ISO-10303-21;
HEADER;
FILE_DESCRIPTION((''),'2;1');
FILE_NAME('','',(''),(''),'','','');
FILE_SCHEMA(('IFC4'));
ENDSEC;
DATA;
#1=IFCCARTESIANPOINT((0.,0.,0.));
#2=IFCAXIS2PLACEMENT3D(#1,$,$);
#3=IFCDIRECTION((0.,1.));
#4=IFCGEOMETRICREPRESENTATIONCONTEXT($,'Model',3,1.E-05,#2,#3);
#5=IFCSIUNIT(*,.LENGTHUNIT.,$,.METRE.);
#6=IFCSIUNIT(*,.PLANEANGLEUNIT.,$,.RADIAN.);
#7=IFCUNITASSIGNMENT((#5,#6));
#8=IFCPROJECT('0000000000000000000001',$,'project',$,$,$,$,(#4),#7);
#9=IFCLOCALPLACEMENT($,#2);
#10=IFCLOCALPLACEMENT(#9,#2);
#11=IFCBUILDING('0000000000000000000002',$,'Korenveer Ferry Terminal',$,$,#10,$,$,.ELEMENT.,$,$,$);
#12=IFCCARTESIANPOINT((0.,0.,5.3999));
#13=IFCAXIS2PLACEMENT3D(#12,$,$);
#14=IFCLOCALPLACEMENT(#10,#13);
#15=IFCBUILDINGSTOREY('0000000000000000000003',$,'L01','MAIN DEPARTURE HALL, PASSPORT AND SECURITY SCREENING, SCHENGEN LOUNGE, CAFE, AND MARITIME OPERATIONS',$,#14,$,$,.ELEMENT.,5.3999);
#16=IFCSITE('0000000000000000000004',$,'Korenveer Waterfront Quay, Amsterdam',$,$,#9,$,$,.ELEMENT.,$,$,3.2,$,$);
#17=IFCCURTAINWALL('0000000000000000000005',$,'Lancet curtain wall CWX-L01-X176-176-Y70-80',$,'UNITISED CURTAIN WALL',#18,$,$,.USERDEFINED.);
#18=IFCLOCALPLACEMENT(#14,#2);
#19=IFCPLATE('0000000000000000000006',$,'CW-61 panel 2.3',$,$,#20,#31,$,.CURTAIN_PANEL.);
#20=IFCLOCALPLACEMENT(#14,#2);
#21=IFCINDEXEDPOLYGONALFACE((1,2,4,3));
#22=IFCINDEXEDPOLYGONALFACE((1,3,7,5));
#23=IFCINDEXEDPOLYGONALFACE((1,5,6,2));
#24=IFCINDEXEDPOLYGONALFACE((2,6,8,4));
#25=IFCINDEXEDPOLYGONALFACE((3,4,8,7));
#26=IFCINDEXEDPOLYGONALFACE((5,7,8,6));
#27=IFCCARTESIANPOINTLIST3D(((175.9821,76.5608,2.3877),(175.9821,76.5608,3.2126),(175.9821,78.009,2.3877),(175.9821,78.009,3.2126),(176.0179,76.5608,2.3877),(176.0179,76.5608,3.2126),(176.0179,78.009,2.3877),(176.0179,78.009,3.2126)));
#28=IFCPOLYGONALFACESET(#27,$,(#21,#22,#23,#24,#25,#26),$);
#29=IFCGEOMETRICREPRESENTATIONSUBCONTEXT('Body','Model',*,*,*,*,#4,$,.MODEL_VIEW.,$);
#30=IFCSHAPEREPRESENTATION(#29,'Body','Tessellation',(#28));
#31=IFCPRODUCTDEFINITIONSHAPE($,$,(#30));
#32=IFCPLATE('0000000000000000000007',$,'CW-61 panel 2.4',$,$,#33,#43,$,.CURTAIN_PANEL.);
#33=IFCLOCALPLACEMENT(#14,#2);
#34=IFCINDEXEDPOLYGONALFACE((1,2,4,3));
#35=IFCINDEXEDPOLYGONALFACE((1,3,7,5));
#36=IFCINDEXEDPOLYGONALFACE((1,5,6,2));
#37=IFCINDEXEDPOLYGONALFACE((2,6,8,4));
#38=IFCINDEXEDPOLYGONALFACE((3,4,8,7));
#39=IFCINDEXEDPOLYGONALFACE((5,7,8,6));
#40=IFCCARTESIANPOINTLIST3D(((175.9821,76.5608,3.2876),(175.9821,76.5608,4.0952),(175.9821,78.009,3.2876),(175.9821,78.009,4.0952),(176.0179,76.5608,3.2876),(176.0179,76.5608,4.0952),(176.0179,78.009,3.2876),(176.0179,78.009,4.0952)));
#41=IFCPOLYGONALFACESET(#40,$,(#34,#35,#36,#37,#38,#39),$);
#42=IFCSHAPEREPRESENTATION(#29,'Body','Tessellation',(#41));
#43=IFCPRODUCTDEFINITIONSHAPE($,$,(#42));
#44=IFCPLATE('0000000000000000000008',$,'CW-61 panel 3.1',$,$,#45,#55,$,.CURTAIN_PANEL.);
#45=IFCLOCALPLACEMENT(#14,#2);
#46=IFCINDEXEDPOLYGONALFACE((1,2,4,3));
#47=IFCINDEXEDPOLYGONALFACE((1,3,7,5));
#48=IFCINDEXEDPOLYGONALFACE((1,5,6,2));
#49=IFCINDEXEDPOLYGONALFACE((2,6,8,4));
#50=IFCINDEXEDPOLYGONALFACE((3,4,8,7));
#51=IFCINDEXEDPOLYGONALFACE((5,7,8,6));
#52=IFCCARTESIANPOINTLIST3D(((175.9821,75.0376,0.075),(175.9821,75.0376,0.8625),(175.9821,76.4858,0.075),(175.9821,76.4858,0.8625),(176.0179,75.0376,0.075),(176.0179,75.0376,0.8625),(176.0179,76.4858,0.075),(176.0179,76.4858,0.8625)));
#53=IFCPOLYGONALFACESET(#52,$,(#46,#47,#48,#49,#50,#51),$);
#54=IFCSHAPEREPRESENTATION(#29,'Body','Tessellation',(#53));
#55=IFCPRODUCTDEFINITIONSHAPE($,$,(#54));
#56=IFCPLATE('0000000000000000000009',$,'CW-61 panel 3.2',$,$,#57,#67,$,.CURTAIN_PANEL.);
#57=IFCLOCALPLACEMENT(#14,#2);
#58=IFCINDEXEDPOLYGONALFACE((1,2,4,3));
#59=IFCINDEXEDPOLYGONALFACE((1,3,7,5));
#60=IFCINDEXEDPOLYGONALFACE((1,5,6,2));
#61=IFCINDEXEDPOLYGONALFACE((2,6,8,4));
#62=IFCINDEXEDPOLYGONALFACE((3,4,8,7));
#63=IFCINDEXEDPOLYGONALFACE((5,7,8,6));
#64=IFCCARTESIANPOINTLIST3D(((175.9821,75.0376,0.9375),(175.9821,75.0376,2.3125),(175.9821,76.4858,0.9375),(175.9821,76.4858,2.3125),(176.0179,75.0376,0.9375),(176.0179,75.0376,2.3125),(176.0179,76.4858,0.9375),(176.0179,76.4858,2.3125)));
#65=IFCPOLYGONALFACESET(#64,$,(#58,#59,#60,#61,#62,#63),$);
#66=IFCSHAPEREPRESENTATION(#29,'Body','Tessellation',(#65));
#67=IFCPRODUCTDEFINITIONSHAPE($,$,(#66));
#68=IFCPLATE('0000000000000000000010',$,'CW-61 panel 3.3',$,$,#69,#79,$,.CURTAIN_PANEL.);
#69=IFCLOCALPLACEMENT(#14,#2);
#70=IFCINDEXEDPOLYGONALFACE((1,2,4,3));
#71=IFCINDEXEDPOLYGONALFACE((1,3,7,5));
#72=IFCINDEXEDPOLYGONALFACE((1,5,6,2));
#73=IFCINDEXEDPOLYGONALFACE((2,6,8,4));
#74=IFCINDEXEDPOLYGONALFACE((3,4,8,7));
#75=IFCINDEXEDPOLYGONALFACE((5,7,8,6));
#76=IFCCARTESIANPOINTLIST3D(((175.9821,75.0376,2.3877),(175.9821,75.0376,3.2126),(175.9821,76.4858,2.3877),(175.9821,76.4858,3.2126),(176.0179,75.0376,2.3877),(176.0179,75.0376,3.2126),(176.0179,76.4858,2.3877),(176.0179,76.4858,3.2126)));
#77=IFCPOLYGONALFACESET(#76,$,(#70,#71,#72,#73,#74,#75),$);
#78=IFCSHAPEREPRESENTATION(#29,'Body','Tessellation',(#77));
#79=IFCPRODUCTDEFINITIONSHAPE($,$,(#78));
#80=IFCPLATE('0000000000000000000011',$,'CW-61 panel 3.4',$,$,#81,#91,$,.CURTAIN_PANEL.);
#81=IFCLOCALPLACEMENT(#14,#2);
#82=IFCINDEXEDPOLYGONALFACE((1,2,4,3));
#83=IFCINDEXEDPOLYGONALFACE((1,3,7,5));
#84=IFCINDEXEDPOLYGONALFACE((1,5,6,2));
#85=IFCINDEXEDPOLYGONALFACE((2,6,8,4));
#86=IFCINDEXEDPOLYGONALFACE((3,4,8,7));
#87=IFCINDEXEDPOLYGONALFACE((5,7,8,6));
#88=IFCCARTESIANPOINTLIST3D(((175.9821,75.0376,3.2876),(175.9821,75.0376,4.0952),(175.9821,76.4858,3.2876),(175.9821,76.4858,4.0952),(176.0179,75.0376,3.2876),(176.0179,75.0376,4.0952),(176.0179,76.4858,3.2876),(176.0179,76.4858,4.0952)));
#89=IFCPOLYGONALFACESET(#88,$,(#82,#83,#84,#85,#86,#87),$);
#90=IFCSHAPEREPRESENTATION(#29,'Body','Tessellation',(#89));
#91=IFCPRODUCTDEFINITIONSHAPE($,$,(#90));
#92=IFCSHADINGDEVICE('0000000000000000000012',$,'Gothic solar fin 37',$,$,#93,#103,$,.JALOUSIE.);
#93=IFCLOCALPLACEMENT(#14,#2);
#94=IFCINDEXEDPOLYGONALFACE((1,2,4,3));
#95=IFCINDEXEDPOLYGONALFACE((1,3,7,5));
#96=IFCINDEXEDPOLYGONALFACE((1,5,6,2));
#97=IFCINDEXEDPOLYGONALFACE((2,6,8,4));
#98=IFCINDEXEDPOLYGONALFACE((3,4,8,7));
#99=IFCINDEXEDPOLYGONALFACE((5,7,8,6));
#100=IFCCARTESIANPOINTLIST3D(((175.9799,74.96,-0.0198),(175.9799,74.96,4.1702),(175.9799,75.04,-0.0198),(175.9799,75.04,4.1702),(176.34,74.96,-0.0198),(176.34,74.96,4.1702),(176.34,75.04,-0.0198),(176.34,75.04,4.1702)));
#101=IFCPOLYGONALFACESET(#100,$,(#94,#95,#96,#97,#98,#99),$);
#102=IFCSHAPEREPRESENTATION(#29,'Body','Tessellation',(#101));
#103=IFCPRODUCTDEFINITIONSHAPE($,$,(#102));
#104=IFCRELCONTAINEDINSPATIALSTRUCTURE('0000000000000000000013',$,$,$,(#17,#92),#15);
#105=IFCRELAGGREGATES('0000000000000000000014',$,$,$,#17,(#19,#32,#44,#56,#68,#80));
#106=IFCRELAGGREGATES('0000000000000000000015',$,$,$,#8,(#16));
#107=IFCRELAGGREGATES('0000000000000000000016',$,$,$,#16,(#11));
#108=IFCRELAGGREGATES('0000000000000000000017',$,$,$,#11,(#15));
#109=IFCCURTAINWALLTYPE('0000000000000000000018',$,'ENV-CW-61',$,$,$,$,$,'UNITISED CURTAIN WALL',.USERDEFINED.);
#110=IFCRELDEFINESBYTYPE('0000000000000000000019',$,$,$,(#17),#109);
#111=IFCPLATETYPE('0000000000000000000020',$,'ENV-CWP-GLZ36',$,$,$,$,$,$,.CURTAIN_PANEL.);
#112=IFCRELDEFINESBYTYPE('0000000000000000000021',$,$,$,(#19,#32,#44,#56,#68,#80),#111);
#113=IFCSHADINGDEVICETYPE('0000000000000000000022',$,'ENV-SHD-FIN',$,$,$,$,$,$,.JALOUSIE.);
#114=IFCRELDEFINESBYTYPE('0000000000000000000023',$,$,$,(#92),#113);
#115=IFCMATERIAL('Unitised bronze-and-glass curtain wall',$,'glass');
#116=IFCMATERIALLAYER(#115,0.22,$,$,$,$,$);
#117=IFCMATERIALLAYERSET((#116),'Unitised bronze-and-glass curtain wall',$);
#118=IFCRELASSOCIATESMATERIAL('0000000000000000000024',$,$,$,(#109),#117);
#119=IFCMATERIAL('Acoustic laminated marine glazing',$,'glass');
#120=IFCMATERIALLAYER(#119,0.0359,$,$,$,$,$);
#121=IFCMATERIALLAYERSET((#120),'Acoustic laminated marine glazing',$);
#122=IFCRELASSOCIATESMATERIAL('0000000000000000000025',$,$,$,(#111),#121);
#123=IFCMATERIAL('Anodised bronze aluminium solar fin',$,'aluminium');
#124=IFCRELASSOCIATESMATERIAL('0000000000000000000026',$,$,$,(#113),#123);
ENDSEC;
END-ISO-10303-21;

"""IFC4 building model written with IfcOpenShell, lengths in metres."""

from ifc_helpers import new_model, si_unit, direction, frame, origin, origin_2d, place, context, subcontext, project, spatial, rectangle, extrude, material, layer, layer_set, type_object, element, aggregate, save


model = new_model("IFC4")

# Units and contexts
model_context = context("Model", 3, precision=1e-05, world=origin(), true_north=direction((0.0, 1.0)))
body_context = subcontext(model_context, "Body", "Model", "MODEL_VIEW")
ifc_project = project(units=[si_unit("LENGTHUNIT", "METRE"), si_unit("PLANEANGLEUNIT", "RADIAN")], contexts=[model_context])

# Site, building, storey
site_placement = place(None, origin())
site = spatial("IfcSite", under=ifc_project, at=site_placement, Name="Korenveer Waterfront Quay, Amsterdam", CompositionType="ELEMENT", RefElevation=3.2)
building_placement = place(site_placement, origin())
building = spatial("IfcBuilding", under=site, at=building_placement, Name="Korenveer Ferry Terminal", CompositionType="ELEMENT")
storey_placement = place(building_placement, frame((0.0, 0.0, 5.3999)))
storey = spatial("IfcBuildingStorey", under=building, at=storey_placement, Name="L01", Description="MAIN DEPARTURE HALL, PASSPORT AND SECURITY SCREENING, SCHENGEN LOUNGE, CAFE, AND MARITIME OPERATIONS", CompositionType="ELEMENT", Elevation=5.3999)

# Curtain wall, plates
ifc_material_1 = material(Name="Unitised bronze-and-glass curtain wall", Category="glass")
ifc_layer_1 = layer(ifc_material_1, 0.22)
ifc_layer_set_1 = layer_set([ifc_layer_1], Name="Unitised bronze-and-glass curtain wall")
curtain_wall_type = type_object("IfcCurtainWallType", Name="ENV-CW-61", ElementType="UNITISED CURTAIN WALL", PredefinedType="USERDEFINED", material=ifc_layer_set_1)
curtain_wall_placement = place(storey_placement, frame((176.0, 79.5701, 0.0)))
curtain_wall = element("IfcCurtainWall", 1, at=curtain_wall_placement, inside=storey, type_object=curtain_wall_type, Name="Lancet curtain wall CWX-L01-X176-176-Y70-80", ObjectType="UNITISED CURTAIN WALL", PredefinedType="USERDEFINED")
ifc_material_2 = material(Name="Acoustic laminated marine glazing", Category="glass")
ifc_layer_2 = layer(ifc_material_2, 0.0359)
ifc_layer_set_2 = layer_set([ifc_layer_2], Name="Acoustic laminated marine glazing")
plate_type = type_object("IfcPlateType", Name="ENV-CWP-GLZ36", PredefinedType="CURTAIN_PANEL", material=ifc_layer_set_2)
plate_1_placement = place(storey_placement, frame((176.0, 77.2849, 2.3877), z_axis=(0.0, 0.0, 1.0), x_axis=(0.0, -1.0, 0.0)))
plate_1 = element("IfcPlate", 2, at=plate_1_placement, type_object=plate_type, Name="CW-61 panel 2.3", PredefinedType="CURTAIN_PANEL", context=body_context, shape_type="SweptSolid", body=[
    extrude(rectangle(XDim=1.4482, YDim=0.0359, at=origin_2d()), origin(), (0.0, 0.0, 1.0), 0.825),
])
plate_2_placement = place(storey_placement, frame((176.0, 77.2849, 3.2876), z_axis=(0.0, 0.0, 1.0), x_axis=(0.0, -1.0, 0.0)))
plate_2 = element("IfcPlate", 3, at=plate_2_placement, type_object=plate_type, Name="CW-61 panel 2.4", PredefinedType="CURTAIN_PANEL", context=body_context, shape_type="SweptSolid", body=[
    extrude(rectangle(XDim=1.4482, YDim=0.0359, at=origin_2d()), origin(), (0.0, 0.0, 1.0), 0.8076),
])
plate_3_placement = place(storey_placement, frame((176.0, 75.7617, 0.075), z_axis=(0.0, 0.0, 1.0), x_axis=(0.0, -1.0, 0.0)))
plate_3 = element("IfcPlate", 4, at=plate_3_placement, type_object=plate_type, Name="CW-61 panel 3.1", PredefinedType="CURTAIN_PANEL", context=body_context, shape_type="SweptSolid", body=[
    extrude(rectangle(XDim=1.4482, YDim=0.0359, at=origin_2d()), origin(), (0.0, 0.0, 1.0), 0.7876),
])
plate_4_placement = place(storey_placement, frame((176.0, 75.7617, 0.9375), z_axis=(0.0, 0.0, 1.0), x_axis=(0.0, -1.0, 0.0)))
plate_4 = element("IfcPlate", 5, at=plate_4_placement, type_object=plate_type, Name="CW-61 panel 3.2", PredefinedType="CURTAIN_PANEL", context=body_context, shape_type="SweptSolid", body=[
    extrude(rectangle(XDim=1.4482, YDim=0.0359, at=origin_2d()), origin(), (0.0, 0.0, 1.0), 1.375),
])
plate_5_placement = place(storey_placement, frame((176.0, 75.7617, 2.3877), z_axis=(0.0, 0.0, 1.0), x_axis=(0.0, -1.0, 0.0)))
plate_5 = element("IfcPlate", 6, at=plate_5_placement, type_object=plate_type, Name="CW-61 panel 3.3", PredefinedType="CURTAIN_PANEL", context=body_context, shape_type="SweptSolid", body=[
    extrude(rectangle(XDim=1.4482, YDim=0.0359, at=origin_2d()), origin(), (0.0, 0.0, 1.0), 0.825),
])
plate_6_placement = place(storey_placement, frame((176.0, 75.7617, 3.2876), z_axis=(0.0, 0.0, 1.0), x_axis=(0.0, -1.0, 0.0)))
plate_6 = element("IfcPlate", 7, at=plate_6_placement, type_object=plate_type, Name="CW-61 panel 3.4", PredefinedType="CURTAIN_PANEL", context=body_context, shape_type="SweptSolid", body=[
    extrude(rectangle(XDim=1.4482, YDim=0.0359, at=origin_2d()), origin(), (0.0, 0.0, 1.0), 0.8076),
])
aggregate(curtain_wall, [plate_1, plate_2, plate_3, plate_4, plate_5, plate_6])

# Shading device
ifc_material_3 = material(Name="Anodised bronze aluminium solar fin", Category="aluminium")
shading_device_type = type_object("IfcShadingDeviceType", Name="ENV-SHD-FIN", PredefinedType="JALOUSIE", material=ifc_material_3)
shading_device_placement = place(storey_placement, frame((176.1599, 75.0, -0.0198), z_axis=(0.0, 0.0, 1.0), x_axis=(1.0, 0.0, 0.0)))
element("IfcShadingDevice", 8, at=shading_device_placement, inside=storey, type_object=shading_device_type, Name="Gothic solar fin 37", PredefinedType="JALOUSIE", context=body_context, shape_type="SweptSolid", body=[
    extrude(rectangle(XDim=0.3601, YDim=0.0801, at=origin_2d()), origin(), (0.0, 0.0, 1.0), 4.1899),
])

save(model, "model.ifc")
